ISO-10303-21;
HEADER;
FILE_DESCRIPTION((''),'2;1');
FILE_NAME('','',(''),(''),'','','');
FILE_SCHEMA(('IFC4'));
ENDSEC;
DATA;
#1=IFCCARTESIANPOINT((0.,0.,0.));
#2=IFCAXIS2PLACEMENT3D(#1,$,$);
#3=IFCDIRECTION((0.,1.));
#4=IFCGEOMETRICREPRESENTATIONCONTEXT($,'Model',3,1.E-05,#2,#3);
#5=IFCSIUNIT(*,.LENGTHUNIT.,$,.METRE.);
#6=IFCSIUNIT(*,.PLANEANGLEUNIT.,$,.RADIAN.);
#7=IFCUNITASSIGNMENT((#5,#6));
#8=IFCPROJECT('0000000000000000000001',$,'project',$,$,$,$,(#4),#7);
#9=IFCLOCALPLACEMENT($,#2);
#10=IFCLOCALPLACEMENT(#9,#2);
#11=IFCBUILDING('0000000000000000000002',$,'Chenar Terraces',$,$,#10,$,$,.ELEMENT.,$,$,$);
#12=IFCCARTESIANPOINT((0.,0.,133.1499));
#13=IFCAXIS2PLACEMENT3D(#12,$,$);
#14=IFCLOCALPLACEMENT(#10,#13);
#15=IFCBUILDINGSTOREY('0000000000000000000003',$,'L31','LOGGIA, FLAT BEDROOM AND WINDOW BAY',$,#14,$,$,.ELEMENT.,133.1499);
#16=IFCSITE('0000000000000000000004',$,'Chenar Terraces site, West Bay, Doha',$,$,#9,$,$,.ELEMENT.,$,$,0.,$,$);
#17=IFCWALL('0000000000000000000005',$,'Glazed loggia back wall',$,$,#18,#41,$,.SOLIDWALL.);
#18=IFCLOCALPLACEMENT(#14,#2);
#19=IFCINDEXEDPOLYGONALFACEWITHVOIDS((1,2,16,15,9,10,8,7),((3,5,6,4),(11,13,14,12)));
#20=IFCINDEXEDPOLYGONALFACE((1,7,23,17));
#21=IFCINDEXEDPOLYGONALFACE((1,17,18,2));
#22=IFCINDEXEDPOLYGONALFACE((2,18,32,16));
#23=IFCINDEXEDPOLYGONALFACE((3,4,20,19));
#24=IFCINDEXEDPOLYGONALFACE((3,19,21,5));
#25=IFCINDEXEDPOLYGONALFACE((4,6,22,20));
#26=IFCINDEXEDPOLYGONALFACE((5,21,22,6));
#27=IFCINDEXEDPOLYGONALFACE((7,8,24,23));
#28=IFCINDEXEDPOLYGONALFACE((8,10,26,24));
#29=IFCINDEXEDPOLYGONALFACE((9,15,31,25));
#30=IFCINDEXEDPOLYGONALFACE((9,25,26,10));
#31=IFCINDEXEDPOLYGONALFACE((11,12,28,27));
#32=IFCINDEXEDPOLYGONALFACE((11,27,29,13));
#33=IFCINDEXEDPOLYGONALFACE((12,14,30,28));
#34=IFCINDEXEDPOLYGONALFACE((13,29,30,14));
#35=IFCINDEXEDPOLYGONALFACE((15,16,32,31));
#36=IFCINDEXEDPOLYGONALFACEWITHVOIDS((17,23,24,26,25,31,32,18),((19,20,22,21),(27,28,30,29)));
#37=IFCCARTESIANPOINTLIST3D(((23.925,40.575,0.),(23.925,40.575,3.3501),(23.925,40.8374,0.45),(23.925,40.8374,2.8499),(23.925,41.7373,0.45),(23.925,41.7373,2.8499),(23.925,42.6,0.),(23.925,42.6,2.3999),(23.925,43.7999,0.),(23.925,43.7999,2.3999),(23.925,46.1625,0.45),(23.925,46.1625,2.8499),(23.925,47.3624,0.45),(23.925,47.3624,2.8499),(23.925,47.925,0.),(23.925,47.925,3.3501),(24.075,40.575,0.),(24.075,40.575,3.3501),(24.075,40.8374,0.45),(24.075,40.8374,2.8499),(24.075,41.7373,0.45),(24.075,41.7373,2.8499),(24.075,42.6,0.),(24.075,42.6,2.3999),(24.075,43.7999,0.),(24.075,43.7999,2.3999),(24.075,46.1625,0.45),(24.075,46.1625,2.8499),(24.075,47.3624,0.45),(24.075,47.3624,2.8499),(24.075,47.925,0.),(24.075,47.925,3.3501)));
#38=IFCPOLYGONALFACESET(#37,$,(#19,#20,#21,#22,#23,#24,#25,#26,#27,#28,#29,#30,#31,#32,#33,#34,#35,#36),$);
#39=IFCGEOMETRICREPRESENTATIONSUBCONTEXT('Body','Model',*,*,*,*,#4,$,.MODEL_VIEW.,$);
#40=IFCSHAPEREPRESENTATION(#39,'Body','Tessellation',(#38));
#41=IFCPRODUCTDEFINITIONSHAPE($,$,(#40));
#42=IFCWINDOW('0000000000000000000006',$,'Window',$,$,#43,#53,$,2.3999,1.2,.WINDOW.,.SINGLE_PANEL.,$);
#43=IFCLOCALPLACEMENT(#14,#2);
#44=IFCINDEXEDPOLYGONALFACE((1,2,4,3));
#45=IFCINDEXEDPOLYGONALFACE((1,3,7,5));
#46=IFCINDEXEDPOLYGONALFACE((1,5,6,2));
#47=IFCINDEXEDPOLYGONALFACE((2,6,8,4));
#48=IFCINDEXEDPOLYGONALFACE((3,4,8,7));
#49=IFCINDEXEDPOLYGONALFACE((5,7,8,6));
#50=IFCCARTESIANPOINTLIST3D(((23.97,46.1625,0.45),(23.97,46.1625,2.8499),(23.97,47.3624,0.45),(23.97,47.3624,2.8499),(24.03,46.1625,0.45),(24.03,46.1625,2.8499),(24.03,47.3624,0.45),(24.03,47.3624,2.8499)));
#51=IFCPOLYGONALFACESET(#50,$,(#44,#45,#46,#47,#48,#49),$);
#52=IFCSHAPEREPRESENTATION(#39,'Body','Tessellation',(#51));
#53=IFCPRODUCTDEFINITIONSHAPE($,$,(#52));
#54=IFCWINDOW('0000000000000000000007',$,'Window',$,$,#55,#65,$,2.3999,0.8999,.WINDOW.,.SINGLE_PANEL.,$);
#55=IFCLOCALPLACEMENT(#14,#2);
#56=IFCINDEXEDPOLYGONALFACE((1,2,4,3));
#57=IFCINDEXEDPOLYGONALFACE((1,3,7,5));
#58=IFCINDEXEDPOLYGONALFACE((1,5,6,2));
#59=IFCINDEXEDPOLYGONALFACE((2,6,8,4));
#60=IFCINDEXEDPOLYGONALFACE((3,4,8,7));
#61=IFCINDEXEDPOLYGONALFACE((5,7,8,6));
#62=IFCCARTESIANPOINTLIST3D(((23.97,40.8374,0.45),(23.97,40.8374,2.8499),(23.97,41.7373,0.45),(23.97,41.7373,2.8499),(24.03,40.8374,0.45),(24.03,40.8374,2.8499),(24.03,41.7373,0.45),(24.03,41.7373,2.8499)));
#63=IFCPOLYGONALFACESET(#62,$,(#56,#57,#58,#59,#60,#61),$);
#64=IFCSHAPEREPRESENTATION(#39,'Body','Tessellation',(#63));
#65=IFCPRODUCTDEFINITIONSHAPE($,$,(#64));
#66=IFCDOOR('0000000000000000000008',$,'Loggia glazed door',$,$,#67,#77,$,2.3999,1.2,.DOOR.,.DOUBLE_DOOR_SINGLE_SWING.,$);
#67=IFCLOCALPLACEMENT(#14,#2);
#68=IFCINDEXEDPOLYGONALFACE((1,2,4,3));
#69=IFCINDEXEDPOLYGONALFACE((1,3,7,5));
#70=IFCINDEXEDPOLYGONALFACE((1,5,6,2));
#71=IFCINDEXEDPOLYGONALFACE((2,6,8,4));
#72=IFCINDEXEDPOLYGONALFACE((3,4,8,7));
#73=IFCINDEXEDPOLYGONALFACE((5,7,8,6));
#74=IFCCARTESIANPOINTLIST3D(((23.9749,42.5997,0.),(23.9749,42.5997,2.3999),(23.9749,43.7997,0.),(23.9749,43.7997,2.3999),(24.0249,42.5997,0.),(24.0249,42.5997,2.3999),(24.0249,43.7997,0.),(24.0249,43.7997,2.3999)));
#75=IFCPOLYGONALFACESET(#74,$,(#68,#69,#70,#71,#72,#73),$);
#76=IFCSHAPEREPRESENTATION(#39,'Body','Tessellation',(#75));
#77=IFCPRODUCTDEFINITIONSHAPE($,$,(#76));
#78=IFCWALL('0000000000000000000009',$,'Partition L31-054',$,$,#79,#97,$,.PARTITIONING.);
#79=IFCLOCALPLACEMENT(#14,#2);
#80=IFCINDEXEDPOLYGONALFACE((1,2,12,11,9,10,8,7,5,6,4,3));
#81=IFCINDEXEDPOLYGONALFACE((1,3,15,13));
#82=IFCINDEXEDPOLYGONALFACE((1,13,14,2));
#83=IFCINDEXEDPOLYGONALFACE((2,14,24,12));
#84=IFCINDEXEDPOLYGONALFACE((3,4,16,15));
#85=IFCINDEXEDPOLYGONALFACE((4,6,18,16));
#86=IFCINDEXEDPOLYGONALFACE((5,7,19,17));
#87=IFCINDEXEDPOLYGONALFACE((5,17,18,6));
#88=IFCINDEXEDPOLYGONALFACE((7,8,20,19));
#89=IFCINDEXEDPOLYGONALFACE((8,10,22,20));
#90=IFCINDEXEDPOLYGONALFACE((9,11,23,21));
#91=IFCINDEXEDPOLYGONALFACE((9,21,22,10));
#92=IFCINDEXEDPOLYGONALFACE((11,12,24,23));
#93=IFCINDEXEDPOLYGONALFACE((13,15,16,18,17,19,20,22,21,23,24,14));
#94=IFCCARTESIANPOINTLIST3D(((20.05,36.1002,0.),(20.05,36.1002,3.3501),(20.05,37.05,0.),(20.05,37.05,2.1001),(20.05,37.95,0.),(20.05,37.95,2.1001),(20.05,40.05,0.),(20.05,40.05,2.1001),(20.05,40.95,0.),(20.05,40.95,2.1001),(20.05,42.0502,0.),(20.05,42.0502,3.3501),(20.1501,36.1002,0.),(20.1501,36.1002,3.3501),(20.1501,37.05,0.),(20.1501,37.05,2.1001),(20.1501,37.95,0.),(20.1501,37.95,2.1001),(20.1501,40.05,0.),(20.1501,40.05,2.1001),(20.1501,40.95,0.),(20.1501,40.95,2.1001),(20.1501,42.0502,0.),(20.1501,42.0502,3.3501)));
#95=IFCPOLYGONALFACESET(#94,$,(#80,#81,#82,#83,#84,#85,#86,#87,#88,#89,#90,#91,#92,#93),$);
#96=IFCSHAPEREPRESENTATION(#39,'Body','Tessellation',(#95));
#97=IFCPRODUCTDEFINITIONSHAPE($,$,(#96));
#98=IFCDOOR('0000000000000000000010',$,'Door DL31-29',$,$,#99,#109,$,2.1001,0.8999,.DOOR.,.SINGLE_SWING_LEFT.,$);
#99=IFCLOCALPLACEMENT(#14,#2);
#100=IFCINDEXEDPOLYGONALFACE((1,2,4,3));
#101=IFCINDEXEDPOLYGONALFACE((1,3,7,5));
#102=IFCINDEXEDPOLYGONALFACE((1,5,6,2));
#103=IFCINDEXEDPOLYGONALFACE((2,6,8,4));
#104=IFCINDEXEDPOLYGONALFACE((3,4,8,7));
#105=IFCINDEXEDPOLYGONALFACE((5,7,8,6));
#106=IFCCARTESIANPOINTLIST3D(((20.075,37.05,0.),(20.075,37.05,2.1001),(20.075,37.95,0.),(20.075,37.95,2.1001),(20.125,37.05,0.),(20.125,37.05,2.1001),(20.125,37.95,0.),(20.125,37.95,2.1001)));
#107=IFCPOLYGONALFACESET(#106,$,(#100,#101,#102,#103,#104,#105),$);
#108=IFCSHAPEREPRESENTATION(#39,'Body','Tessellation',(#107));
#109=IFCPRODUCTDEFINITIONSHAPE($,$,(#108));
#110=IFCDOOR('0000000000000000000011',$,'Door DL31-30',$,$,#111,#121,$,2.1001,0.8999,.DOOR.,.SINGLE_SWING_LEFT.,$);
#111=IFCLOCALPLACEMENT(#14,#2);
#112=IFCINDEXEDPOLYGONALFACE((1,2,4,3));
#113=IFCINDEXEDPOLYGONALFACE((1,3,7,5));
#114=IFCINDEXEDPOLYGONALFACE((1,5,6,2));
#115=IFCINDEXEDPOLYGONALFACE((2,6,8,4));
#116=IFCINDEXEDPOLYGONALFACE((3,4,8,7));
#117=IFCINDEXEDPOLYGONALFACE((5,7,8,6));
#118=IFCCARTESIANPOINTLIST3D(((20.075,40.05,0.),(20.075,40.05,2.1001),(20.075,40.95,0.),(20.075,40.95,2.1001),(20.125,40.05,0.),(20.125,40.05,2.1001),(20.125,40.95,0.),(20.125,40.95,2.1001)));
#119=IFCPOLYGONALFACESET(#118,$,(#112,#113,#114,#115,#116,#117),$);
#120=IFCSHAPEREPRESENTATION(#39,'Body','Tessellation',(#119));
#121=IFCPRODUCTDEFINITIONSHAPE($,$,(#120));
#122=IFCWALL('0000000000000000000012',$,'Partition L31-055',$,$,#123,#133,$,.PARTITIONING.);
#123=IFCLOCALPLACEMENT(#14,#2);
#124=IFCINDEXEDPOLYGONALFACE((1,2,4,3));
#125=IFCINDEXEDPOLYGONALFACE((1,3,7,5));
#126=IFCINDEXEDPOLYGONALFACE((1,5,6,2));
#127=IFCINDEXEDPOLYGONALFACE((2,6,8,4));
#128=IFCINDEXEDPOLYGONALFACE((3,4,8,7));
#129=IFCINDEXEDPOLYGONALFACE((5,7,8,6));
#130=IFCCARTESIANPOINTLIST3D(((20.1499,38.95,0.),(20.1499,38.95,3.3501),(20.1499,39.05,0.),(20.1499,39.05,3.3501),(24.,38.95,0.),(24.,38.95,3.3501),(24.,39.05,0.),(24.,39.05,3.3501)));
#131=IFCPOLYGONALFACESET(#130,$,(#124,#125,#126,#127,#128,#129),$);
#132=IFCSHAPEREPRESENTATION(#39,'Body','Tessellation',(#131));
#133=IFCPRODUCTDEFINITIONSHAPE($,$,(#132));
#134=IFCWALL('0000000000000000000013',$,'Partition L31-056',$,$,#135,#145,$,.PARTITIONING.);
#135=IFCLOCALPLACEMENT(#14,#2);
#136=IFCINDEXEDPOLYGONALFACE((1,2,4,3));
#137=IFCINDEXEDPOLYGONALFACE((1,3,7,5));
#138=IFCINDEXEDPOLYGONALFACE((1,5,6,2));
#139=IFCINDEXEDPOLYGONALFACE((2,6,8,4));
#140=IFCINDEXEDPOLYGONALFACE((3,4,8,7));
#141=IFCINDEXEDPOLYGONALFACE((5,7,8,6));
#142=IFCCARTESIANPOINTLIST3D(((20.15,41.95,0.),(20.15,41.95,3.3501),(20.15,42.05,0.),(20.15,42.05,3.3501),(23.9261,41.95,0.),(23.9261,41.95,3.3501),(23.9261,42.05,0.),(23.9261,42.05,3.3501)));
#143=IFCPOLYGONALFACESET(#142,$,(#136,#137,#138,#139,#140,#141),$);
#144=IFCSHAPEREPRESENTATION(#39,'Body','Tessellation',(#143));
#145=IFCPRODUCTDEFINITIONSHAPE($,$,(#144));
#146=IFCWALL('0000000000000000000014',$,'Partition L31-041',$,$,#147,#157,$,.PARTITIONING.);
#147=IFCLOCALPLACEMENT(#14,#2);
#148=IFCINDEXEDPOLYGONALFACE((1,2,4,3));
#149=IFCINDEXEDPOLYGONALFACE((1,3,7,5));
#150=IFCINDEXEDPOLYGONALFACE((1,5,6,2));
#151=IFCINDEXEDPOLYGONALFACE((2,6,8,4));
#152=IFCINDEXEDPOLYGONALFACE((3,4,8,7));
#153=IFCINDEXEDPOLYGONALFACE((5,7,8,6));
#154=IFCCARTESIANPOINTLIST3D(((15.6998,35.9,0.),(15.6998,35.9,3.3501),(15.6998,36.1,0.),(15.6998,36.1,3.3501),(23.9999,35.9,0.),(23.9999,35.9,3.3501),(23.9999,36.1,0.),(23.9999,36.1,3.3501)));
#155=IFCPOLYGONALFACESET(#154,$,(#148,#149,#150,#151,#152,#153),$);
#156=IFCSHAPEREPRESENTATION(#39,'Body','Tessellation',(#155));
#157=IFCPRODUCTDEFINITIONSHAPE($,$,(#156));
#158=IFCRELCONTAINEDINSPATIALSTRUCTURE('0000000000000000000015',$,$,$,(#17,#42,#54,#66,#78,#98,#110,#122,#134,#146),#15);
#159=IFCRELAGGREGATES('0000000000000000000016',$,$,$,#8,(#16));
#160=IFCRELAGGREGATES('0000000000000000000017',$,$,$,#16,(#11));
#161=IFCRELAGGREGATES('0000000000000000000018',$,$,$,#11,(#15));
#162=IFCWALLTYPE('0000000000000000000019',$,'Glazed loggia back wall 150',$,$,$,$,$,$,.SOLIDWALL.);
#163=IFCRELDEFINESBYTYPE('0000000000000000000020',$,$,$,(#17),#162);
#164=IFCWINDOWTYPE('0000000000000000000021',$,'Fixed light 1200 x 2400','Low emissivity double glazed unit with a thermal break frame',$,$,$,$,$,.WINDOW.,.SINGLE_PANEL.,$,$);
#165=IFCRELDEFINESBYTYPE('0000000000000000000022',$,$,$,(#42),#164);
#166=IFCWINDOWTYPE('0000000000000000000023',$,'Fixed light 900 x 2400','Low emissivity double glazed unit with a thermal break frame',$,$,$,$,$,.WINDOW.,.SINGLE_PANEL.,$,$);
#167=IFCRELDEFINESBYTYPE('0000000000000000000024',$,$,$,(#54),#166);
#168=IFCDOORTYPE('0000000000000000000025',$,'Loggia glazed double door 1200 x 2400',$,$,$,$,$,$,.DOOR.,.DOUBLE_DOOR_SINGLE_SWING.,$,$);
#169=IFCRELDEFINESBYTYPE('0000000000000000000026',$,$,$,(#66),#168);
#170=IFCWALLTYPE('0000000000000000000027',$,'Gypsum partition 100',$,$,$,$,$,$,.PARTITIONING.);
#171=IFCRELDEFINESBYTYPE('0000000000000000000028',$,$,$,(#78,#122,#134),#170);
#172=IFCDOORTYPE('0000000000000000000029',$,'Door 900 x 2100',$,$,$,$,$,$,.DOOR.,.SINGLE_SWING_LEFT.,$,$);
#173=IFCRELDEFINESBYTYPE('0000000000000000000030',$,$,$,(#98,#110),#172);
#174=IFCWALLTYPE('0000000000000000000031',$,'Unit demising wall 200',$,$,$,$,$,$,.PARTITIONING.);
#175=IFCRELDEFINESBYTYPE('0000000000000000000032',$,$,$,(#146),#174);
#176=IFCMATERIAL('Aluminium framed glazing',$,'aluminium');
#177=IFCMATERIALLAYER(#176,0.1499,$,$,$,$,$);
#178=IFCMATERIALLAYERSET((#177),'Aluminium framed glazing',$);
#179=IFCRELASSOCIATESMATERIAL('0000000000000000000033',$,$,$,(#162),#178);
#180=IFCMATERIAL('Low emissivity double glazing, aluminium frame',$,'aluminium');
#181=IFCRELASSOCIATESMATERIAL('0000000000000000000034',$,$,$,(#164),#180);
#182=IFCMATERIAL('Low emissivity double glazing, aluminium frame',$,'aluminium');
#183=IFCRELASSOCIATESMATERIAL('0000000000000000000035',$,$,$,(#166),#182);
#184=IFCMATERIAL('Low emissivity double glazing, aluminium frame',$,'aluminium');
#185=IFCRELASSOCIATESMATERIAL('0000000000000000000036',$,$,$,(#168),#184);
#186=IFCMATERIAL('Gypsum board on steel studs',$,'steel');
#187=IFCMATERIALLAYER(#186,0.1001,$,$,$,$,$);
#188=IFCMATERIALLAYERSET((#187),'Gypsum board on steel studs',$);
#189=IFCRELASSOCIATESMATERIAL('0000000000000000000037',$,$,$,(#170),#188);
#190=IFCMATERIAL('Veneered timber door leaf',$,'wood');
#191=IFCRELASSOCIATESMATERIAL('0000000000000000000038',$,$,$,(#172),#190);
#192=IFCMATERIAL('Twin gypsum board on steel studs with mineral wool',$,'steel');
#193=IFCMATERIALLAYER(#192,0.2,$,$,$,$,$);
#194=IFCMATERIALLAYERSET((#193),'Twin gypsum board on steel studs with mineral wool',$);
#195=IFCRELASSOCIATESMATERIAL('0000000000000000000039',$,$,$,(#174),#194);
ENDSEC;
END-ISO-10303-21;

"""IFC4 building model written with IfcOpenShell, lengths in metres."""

from ifc_helpers import new_model, si_unit, direction, frame, frame_2d, origin, place, context, subcontext, project, spatial, rectangle, extrude, material, layer, layer_set, type_object, element, fill, save


model = new_model("IFC4")

# Units and contexts
model_context = context("Model", 3, precision=1e-05, world=origin(), true_north=direction((0.0, 1.0)))
body_context = subcontext(model_context, "Body", "Model", "MODEL_VIEW")
ifc_project = project(units=[si_unit("LENGTHUNIT", "METRE"), si_unit("PLANEANGLEUNIT", "RADIAN")], contexts=[model_context])

# Site, building, storey
site_placement = place(None, origin())
site = spatial("IfcSite", under=ifc_project, at=site_placement, Name="Chenar Terraces site, West Bay, Doha", CompositionType="ELEMENT", RefElevation=0.0)
building_placement = place(site_placement, origin())
building = spatial("IfcBuilding", under=site, at=building_placement, Name="Chenar Terraces", CompositionType="ELEMENT")
storey_placement = place(building_placement, frame((0.0, 0.0, 133.1499)))
storey = spatial("IfcBuildingStorey", under=building, at=storey_placement, Name="L31", Description="LOGGIA, FLAT BEDROOM AND WINDOW BAY", CompositionType="ELEMENT", Elevation=133.1499)

# Wall, openings, windows, door
ifc_material_1 = material(Name="Aluminium framed glazing", Category="aluminium")
ifc_layer_1 = layer(ifc_material_1, 0.1499)
ifc_layer_set_1 = layer_set([ifc_layer_1], Name="Aluminium framed glazing")
wall_type_1 = type_object("IfcWallType", Name="Glazed loggia back wall 150", PredefinedType="SOLIDWALL", material=ifc_layer_set_1)
wall_1_placement = place(storey_placement, frame((24.0, 40.575, 0.0), z_axis=(0.0, 0.0, 1.0), x_axis=(0.0, 1.0, 0.0)))
wall_1 = element("IfcWall", 1, at=wall_1_placement, inside=storey, type_object=wall_type_1, Name="Glazed loggia back wall", PredefinedType="SOLIDWALL", context=body_context, shape_type="SweptSolid", body=[
    extrude(rectangle(XDim=7.3501, YDim=0.1499, at=frame_2d((3.675, 0.0))), origin(), (0.0, 0.0, 1.0), 3.3501),
])
opening_1_placement = place(wall_1_placement, frame((0.2625, 0.0, 0.45)))
opening_1 = element("IfcOpeningElement", 2, at=opening_1_placement, cuts=wall_1, PredefinedType="OPENING", context=body_context, shape_type="SweptSolid", body=[
    extrude(rectangle(XDim=0.8999, YDim=2.3999, at=frame_2d((0.45, 1.2))), frame((0.0, 0.085, 0.0), z_axis=(0.0, -1.0, 0.0), x_axis=(1.0, 0.0, 0.0)), (0.0, 0.0, 1.0), 0.1699),
])
opening_2_placement = place(wall_1_placement, frame((2.0249, 0.0, 0.0)))
opening_2 = element("IfcOpeningElement", 3, at=opening_2_placement, cuts=wall_1, PredefinedType="OPENING", context=body_context, shape_type="SweptSolid", body=[
    extrude(rectangle(XDim=1.2, YDim=2.3999, at=frame_2d((0.6001, 1.2))), frame((0.0, 0.085, 0.0), z_axis=(0.0, -1.0, 0.0), x_axis=(1.0, 0.0, 0.0)), (0.0, 0.0, 1.0), 0.1699),
])
opening_3_placement = place(wall_1_placement, frame((5.5874, 0.0, 0.45)))
opening_3 = element("IfcOpeningElement", 4, at=opening_3_placement, cuts=wall_1, PredefinedType="OPENING", context=body_context, shape_type="SweptSolid", body=[
    extrude(rectangle(XDim=1.2, YDim=2.3999, at=frame_2d((0.6001, 1.2))), frame((0.0, 0.085, 0.0), z_axis=(0.0, -1.0, 0.0), x_axis=(1.0, 0.0, 0.0)), (0.0, 0.0, 1.0), 0.1699),
])
ifc_material_2 = material(Name="Low emissivity double glazing, aluminium frame", Category="aluminium")
window_type_1 = type_object("IfcWindowType", Name="Fixed light 1200 x 2400", Description="Low emissivity double glazed unit with a thermal break frame", PartitioningType="SINGLE_PANEL", PredefinedType="WINDOW", material=ifc_material_2)
window_1_placement = place(opening_3_placement, origin())
window_1 = element("IfcWindow", 5, at=window_1_placement, inside=storey, type_object=window_type_1, Name="Window", OverallHeight=2.3999, OverallWidth=1.2, PartitioningType="SINGLE_PANEL", PredefinedType="WINDOW", context=body_context, shape_type="SweptSolid", body=[
    extrude(rectangle(XDim=1.2, YDim=2.3999, at=frame_2d((0.6001, 1.2))), frame((0.0, 0.03, 0.0), z_axis=(0.0, -1.0, 0.0), x_axis=(1.0, 0.0, 0.0)), (0.0, 0.0, 1.0), 0.0601),
])
fill(opening_3, window_1)
ifc_material_3 = material(Name="Low emissivity double glazing, aluminium frame", Category="aluminium")
window_type_2 = type_object("IfcWindowType", Name="Fixed light 900 x 2400", Description="Low emissivity double glazed unit with a thermal break frame", PartitioningType="SINGLE_PANEL", PredefinedType="WINDOW", material=ifc_material_3)
window_2_placement = place(opening_1_placement, origin())
window_2 = element("IfcWindow", 6, at=window_2_placement, inside=storey, type_object=window_type_2, Name="Window", OverallHeight=2.3999, OverallWidth=0.8999, PartitioningType="SINGLE_PANEL", PredefinedType="WINDOW", context=body_context, shape_type="SweptSolid", body=[
    extrude(rectangle(XDim=0.8999, YDim=2.3999, at=frame_2d((0.45, 1.2))), frame((0.0, 0.03, 0.0), z_axis=(0.0, -1.0, 0.0), x_axis=(1.0, 0.0, 0.0)), (0.0, 0.0, 1.0), 0.0601),
])
fill(opening_1, window_2)
ifc_material_4 = material(Name="Low emissivity double glazing, aluminium frame", Category="aluminium")
door_type_1 = type_object("IfcDoorType", Name="Loggia glazed double door 1200 x 2400", OperationType="DOUBLE_DOOR_SINGLE_SWING", PredefinedType="DOOR", material=ifc_material_4)
door_1_placement = place(opening_2_placement, frame((1.2, 0.0, 0.0), z_axis=(0.0, 0.0, 1.0), x_axis=(-1.0, 0.0, 0.0)))
door_1 = element("IfcDoor", 7, at=door_1_placement, inside=storey, type_object=door_type_1, Name="Loggia glazed door", OperationType="DOUBLE_DOOR_SINGLE_SWING", OverallHeight=2.3999, OverallWidth=1.2, PredefinedType="DOOR", context=body_context, shape_type="SweptSolid", body=[
    extrude(rectangle(XDim=1.2, YDim=2.3999, at=frame_2d((0.6001, 1.2))), frame((0.0, 0.0249, 0.0), z_axis=(0.0, -1.0, 0.0), x_axis=(1.0, 0.0, 0.0)), (0.0, 0.0, 1.0), 0.05),
])
fill(opening_2, door_1)

# Wall, openings, doors
ifc_material_5 = material(Name="Gypsum board on steel studs", Category="steel")
ifc_layer_2 = layer(ifc_material_5, 0.1001)
ifc_layer_set_2 = layer_set([ifc_layer_2], Name="Gypsum board on steel studs")
wall_type_2 = type_object("IfcWallType", Name="Gypsum partition 100", PredefinedType="PARTITIONING", material=ifc_layer_set_2)
wall_2_placement = place(storey_placement, frame((20.1001, 36.1001, 0.0), z_axis=(0.0, 0.0, 1.0), x_axis=(0.0, 1.0, 0.0)))
wall_2 = element("IfcWall", 8, at=wall_2_placement, inside=storey, type_object=wall_type_2, Name="Partition L31-054", PredefinedType="PARTITIONING", context=body_context, shape_type="SweptSolid", body=[
    extrude(rectangle(XDim=5.95, YDim=0.1001, at=frame_2d((2.9751, 0.0))), origin(), (0.0, 0.0, 1.0), 3.3501),
])
opening_4_placement = place(wall_2_placement, frame((0.95, 0.0, 0.0)))
opening_4 = element("IfcOpeningElement", 9, at=opening_4_placement, cuts=wall_2, PredefinedType="OPENING", context=body_context, shape_type="SweptSolid", body=[
    extrude(rectangle(XDim=0.8999, YDim=2.1001, at=frame_2d((0.45, 1.05))), frame((0.0, 0.0601, 0.0), z_axis=(0.0, -1.0, 0.0), x_axis=(1.0, 0.0, 0.0)), (0.0, 0.0, 1.0), 0.1201),
])
opening_5_placement = place(wall_2_placement, frame((3.95, 0.0, 0.0)))
opening_5 = element("IfcOpeningElement", 10, at=opening_5_placement, cuts=wall_2, PredefinedType="OPENING", context=body_context, shape_type="SweptSolid", body=[
    extrude(rectangle(XDim=0.8999, YDim=2.1001, at=frame_2d((0.45, 1.05))), frame((0.0, 0.0601, 0.0), z_axis=(0.0, -1.0, 0.0), x_axis=(1.0, 0.0, 0.0)), (0.0, 0.0, 1.0), 0.1201),
])
ifc_material_6 = material(Name="Veneered timber door leaf", Category="wood")
door_type_2 = type_object("IfcDoorType", Name="Door 900 x 2100", OperationType="SINGLE_SWING_LEFT", PredefinedType="DOOR", material=ifc_material_6)
door_2_placement = place(opening_4_placement, frame((0.8999, 0.0, 0.0), z_axis=(0.0, 0.0, 1.0), x_axis=(-1.0, 0.0, 0.0)))
door_2 = element("IfcDoor", 11, at=door_2_placement, inside=storey, type_object=door_type_2, Name="Door DL31-29", OperationType="SINGLE_SWING_LEFT", OverallHeight=2.1001, OverallWidth=0.8999, PredefinedType="DOOR", context=body_context, shape_type="SweptSolid", body=[
    extrude(rectangle(XDim=0.8999, YDim=2.1001, at=frame_2d((0.45, 1.05))), frame((0.0, 0.0249, 0.0), z_axis=(0.0, -1.0, 0.0), x_axis=(1.0, 0.0, 0.0)), (0.0, 0.0, 1.0), 0.05),
])
fill(opening_4, door_2)
door_3_placement = place(opening_5_placement, frame((0.8999, 0.0, 0.0), z_axis=(0.0, 0.0, 1.0), x_axis=(-1.0, 0.0, 0.0)))
door_3 = element("IfcDoor", 12, at=door_3_placement, inside=storey, type_object=door_type_2, Name="Door DL31-30", OperationType="SINGLE_SWING_LEFT", OverallHeight=2.1001, OverallWidth=0.8999, PredefinedType="DOOR", context=body_context, shape_type="SweptSolid", body=[
    extrude(rectangle(XDim=0.8999, YDim=2.1001, at=frame_2d((0.45, 1.05))), frame((0.0, 0.0249, 0.0), z_axis=(0.0, -1.0, 0.0), x_axis=(1.0, 0.0, 0.0)), (0.0, 0.0, 1.0), 0.05),
])
fill(opening_5, door_3)

# Walls
wall_3_placement = place(storey_placement, frame((20.1499, 39.0, 0.0), z_axis=(0.0, 0.0, 1.0), x_axis=(1.0, 0.0, 0.0)))
element("IfcWall", 13, at=wall_3_placement, inside=storey, type_object=wall_type_2, Name="Partition L31-055", PredefinedType="PARTITIONING", context=body_context, shape_type="SweptSolid", body=[
    extrude(rectangle(XDim=3.8501, YDim=0.1001, at=frame_2d((1.925, 0.0))), origin(), (0.0, 0.0, 1.0), 3.3501),
])
wall_4_placement = place(storey_placement, frame((20.1499, 42.0, 0.0), z_axis=(0.0, 0.0, 1.0), x_axis=(1.0, 0.0, 0.0)))
element("IfcWall", 14, at=wall_4_placement, inside=storey, type_object=wall_type_2, Name="Partition L31-056", PredefinedType="PARTITIONING", context=body_context, shape_type="SweptSolid", body=[
    extrude(rectangle(XDim=3.7761, YDim=0.1001, at=frame_2d((1.8882, 0.0))), origin(), (0.0, 0.0, 1.0), 3.3501),
])
ifc_material_7 = material(Name="Twin gypsum board on steel studs with mineral wool", Category="steel")
ifc_layer_3 = layer(ifc_material_7, 0.2)
ifc_layer_set_3 = layer_set([ifc_layer_3], Name="Twin gypsum board on steel studs with mineral wool")
wall_type_3 = type_object("IfcWallType", Name="Unit demising wall 200", PredefinedType="PARTITIONING", material=ifc_layer_set_3)
wall_5_placement = place(storey_placement, frame((15.7, 36.0, 0.0), z_axis=(0.0, 0.0, 1.0), x_axis=(1.0, 0.0, 0.0)))
element("IfcWall", 15, at=wall_5_placement, inside=storey, type_object=wall_type_3, Name="Partition L31-041", PredefinedType="PARTITIONING", context=body_context, shape_type="SweptSolid", body=[
    extrude(rectangle(XDim=8.3, YDim=0.2, at=frame_2d((4.1499, 0.0))), origin(), (0.0, 0.0, 1.0), 3.3501),
])

save(model, "model.ifc")
